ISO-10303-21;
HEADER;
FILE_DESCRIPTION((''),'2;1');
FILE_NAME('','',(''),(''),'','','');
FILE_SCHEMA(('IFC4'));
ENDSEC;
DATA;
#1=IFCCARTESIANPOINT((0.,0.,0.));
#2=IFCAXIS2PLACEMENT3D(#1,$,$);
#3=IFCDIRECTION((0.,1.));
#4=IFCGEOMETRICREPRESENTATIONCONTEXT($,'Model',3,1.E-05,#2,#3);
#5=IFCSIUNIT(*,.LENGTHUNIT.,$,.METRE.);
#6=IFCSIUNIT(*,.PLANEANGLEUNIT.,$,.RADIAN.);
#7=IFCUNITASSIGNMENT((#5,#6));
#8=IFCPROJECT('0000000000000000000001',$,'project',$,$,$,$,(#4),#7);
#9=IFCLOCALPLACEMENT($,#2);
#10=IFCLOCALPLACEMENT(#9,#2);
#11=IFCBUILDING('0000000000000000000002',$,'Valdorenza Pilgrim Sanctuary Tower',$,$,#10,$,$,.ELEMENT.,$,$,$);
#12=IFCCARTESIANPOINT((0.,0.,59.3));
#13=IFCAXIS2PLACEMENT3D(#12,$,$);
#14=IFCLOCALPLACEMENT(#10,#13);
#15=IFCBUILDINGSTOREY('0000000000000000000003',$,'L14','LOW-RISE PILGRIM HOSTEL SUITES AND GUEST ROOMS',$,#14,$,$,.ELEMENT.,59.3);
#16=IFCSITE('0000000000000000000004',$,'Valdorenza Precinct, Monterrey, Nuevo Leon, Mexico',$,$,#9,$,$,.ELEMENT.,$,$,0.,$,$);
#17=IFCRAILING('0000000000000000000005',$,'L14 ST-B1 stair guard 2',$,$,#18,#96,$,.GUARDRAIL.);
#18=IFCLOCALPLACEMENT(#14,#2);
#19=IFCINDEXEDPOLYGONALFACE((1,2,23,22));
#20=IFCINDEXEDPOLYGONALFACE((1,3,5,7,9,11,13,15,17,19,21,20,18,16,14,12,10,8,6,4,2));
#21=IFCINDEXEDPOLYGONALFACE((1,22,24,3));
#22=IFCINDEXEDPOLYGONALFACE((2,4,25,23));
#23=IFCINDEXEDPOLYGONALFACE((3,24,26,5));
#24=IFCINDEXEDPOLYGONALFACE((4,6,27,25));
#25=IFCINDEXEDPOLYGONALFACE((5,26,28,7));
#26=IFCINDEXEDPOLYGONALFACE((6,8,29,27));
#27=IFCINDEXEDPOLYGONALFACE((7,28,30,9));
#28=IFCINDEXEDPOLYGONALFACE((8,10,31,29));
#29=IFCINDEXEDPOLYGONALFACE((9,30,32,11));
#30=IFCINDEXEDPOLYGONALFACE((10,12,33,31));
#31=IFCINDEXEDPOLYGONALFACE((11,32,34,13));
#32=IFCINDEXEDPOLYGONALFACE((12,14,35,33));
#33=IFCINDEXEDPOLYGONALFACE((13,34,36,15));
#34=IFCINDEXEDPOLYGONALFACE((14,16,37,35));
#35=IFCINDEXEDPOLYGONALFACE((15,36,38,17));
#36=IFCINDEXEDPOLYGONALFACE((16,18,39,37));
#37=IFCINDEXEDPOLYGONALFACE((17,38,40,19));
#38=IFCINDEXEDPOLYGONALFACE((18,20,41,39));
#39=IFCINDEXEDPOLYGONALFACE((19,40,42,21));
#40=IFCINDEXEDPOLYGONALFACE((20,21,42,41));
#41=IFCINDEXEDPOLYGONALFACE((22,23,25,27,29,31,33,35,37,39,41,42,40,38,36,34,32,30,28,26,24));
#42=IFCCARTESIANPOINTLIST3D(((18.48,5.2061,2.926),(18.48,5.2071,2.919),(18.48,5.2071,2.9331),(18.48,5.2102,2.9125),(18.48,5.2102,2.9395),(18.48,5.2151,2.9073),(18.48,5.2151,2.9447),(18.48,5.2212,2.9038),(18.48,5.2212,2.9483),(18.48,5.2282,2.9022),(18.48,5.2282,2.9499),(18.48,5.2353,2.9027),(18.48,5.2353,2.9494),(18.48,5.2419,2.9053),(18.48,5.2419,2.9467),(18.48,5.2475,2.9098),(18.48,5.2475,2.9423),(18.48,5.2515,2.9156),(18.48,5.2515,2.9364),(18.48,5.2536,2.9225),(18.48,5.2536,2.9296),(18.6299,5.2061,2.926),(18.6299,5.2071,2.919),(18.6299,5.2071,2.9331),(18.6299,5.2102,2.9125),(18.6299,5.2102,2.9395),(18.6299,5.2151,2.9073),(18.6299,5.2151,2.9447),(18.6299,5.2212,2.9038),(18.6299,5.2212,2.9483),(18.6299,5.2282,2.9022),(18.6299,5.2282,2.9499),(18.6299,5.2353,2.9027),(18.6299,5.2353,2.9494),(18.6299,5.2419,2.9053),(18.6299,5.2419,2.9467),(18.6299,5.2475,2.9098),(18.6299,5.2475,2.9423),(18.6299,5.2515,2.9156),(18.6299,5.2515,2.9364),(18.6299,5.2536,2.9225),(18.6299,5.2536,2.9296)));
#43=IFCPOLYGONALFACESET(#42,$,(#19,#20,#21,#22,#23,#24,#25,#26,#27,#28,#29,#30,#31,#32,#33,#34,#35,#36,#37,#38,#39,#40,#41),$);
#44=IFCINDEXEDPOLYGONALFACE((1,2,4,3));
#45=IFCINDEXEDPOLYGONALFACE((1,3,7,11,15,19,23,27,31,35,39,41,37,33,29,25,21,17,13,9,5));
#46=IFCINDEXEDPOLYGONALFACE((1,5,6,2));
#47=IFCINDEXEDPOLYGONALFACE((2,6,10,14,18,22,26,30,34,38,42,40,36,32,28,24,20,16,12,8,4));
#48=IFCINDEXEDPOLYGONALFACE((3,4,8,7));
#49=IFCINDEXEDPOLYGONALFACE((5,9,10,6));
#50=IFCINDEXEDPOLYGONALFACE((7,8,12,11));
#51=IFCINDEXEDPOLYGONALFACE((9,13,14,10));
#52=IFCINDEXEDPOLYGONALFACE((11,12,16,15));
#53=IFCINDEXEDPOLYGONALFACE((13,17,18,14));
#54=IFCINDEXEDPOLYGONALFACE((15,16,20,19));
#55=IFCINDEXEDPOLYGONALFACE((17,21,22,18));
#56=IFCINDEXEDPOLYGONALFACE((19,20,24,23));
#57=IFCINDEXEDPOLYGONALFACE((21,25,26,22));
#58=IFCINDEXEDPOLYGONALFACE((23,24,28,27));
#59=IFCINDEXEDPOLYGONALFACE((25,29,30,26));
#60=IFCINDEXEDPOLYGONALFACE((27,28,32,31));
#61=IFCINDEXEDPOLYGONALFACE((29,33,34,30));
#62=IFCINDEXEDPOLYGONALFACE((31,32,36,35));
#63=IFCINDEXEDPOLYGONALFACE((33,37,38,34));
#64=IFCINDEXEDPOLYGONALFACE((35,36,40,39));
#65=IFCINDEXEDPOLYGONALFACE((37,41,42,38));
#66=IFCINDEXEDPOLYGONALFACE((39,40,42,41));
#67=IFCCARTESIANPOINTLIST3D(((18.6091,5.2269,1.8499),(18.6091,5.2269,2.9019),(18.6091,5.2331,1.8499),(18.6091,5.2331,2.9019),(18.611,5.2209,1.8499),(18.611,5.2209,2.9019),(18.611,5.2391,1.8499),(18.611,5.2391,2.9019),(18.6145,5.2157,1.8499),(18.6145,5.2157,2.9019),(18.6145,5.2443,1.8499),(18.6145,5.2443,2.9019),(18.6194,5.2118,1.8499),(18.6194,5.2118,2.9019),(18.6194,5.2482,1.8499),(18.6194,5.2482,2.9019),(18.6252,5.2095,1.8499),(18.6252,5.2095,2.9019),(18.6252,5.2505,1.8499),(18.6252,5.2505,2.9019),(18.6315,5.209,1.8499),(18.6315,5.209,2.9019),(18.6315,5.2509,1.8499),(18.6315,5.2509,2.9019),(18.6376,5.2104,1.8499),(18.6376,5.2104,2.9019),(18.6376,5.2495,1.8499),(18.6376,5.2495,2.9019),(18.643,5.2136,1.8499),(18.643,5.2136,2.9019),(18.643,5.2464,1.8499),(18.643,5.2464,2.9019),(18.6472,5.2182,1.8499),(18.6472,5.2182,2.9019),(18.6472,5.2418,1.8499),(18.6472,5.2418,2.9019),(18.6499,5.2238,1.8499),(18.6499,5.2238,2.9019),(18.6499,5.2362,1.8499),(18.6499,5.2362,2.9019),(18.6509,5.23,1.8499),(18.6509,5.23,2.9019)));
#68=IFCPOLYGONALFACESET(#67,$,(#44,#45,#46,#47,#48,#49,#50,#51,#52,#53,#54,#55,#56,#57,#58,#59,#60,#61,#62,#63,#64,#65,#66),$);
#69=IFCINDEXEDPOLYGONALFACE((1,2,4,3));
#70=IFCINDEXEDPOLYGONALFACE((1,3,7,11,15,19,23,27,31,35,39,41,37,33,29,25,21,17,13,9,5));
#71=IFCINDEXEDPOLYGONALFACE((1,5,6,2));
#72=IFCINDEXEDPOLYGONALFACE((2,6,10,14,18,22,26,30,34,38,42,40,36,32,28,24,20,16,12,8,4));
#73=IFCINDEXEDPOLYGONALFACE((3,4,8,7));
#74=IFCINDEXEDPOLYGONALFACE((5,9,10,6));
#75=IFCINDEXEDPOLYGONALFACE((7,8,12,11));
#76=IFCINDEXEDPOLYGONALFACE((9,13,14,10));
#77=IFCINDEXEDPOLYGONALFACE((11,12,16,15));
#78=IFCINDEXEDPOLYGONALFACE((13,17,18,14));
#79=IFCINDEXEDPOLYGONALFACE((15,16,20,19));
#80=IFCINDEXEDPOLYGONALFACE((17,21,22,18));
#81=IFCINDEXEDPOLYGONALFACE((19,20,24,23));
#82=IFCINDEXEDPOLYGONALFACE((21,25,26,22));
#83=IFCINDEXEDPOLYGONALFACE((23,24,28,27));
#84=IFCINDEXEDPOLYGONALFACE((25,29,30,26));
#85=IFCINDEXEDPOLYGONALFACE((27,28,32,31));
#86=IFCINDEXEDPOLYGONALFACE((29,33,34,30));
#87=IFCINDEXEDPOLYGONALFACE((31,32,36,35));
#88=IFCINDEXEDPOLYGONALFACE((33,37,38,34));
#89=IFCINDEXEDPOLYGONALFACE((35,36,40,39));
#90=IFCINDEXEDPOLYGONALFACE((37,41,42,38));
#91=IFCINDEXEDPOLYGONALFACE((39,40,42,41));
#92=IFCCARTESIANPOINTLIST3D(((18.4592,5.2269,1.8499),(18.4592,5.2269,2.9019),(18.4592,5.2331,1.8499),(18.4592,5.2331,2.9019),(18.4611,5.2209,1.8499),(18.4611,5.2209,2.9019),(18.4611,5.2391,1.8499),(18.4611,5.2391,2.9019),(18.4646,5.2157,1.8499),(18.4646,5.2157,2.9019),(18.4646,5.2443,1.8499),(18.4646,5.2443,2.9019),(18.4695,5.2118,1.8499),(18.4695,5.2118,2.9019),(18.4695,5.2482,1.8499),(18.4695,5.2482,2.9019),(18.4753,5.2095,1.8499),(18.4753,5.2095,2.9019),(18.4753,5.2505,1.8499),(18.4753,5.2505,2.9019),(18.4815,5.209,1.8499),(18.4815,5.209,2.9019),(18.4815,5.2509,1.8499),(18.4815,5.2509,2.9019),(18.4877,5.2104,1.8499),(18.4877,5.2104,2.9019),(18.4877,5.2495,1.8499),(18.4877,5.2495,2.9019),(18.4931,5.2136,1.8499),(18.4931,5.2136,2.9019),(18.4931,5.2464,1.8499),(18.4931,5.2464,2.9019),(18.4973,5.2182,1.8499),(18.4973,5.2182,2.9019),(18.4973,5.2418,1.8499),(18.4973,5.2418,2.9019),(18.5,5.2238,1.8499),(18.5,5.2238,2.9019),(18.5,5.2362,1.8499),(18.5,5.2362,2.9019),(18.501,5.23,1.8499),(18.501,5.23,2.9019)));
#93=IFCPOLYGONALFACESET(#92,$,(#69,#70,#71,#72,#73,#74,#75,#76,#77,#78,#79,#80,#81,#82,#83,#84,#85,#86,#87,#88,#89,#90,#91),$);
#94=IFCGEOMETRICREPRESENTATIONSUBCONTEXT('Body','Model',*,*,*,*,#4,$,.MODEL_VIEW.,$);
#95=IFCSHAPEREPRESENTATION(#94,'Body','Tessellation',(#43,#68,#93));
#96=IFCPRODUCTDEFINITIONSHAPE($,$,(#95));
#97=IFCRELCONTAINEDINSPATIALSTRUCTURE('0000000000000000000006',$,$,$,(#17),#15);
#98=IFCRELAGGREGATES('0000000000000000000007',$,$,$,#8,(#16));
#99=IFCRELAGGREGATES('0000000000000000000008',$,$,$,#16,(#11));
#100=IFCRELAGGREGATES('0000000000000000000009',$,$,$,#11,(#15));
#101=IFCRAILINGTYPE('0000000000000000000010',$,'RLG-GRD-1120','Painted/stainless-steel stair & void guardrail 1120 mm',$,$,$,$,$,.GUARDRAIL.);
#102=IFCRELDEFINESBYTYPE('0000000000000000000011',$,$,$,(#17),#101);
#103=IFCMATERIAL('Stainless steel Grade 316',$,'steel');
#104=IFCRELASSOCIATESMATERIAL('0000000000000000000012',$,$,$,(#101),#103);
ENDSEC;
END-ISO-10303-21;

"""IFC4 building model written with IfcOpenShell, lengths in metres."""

from ifc_helpers import new_model, si_unit, direction, frame, origin, origin_2d, place, context, subcontext, project, spatial, circle, extrude, material, type_object, element, save


model = new_model("IFC4")

# Units and contexts
model_context = context("Model", 3, precision=1e-05, world=origin(), true_north=direction((0.0, 1.0)))
body_context = subcontext(model_context, "Body", "Model", "MODEL_VIEW")
ifc_project = project(units=[si_unit("LENGTHUNIT", "METRE"), si_unit("PLANEANGLEUNIT", "RADIAN")], contexts=[model_context])

# Site, building, storey
site_placement = place(None, origin())
site = spatial("IfcSite", under=ifc_project, at=site_placement, Name="Valdorenza Precinct, Monterrey, Nuevo Leon, Mexico", CompositionType="ELEMENT", RefElevation=0.0)
building_placement = place(site_placement, origin())
building = spatial("IfcBuilding", under=site, at=building_placement, Name="Valdorenza Pilgrim Sanctuary Tower", CompositionType="ELEMENT")
storey_placement = place(building_placement, frame((0.0, 0.0, 59.3)))
storey = spatial("IfcBuildingStorey", under=building, at=storey_placement, Name="L14", Description="LOW-RISE PILGRIM HOSTEL SUITES AND GUEST ROOMS", CompositionType="ELEMENT", Elevation=59.3)

# Railing
ifc_material_1 = material(Name="Stainless steel Grade 316", Category="steel")
railing_type_1 = type_object("IfcRailingType", Name="RLG-GRD-1120", Description="Painted/stainless-steel stair & void guardrail 1120 mm", PredefinedType="GUARDRAIL", material=ifc_material_1)
railing_1_placement = place(storey_placement, frame((18.6299, 5.23, 1.8499)))
element("IfcRailing", 1, at=railing_1_placement, inside=storey, type_object=railing_type_1, Name="L14 ST-B1 stair guard 2", PredefinedType="GUARDRAIL", context=body_context, shape_type="SweptSolid", body=[
    extrude(circle(Radius=0.0239, at=origin_2d()), frame((0.0, 0.0, 1.0762), z_axis=(-1.0, 0.0, 0.0), x_axis=(0.0, -1.0, 0.0)), (0.0, 0.0, 1.0), 0.1499),
    extrude(circle(Radius=0.021, at=origin_2d()), origin(), (0.0, 0.0, 1.0), 1.052),
    extrude(circle(Radius=0.021, at=origin_2d()), frame((-0.1499, 0.0, 0.0)), (0.0, 0.0, 1.0), 1.052),
])

save(model, "model.ifc")
